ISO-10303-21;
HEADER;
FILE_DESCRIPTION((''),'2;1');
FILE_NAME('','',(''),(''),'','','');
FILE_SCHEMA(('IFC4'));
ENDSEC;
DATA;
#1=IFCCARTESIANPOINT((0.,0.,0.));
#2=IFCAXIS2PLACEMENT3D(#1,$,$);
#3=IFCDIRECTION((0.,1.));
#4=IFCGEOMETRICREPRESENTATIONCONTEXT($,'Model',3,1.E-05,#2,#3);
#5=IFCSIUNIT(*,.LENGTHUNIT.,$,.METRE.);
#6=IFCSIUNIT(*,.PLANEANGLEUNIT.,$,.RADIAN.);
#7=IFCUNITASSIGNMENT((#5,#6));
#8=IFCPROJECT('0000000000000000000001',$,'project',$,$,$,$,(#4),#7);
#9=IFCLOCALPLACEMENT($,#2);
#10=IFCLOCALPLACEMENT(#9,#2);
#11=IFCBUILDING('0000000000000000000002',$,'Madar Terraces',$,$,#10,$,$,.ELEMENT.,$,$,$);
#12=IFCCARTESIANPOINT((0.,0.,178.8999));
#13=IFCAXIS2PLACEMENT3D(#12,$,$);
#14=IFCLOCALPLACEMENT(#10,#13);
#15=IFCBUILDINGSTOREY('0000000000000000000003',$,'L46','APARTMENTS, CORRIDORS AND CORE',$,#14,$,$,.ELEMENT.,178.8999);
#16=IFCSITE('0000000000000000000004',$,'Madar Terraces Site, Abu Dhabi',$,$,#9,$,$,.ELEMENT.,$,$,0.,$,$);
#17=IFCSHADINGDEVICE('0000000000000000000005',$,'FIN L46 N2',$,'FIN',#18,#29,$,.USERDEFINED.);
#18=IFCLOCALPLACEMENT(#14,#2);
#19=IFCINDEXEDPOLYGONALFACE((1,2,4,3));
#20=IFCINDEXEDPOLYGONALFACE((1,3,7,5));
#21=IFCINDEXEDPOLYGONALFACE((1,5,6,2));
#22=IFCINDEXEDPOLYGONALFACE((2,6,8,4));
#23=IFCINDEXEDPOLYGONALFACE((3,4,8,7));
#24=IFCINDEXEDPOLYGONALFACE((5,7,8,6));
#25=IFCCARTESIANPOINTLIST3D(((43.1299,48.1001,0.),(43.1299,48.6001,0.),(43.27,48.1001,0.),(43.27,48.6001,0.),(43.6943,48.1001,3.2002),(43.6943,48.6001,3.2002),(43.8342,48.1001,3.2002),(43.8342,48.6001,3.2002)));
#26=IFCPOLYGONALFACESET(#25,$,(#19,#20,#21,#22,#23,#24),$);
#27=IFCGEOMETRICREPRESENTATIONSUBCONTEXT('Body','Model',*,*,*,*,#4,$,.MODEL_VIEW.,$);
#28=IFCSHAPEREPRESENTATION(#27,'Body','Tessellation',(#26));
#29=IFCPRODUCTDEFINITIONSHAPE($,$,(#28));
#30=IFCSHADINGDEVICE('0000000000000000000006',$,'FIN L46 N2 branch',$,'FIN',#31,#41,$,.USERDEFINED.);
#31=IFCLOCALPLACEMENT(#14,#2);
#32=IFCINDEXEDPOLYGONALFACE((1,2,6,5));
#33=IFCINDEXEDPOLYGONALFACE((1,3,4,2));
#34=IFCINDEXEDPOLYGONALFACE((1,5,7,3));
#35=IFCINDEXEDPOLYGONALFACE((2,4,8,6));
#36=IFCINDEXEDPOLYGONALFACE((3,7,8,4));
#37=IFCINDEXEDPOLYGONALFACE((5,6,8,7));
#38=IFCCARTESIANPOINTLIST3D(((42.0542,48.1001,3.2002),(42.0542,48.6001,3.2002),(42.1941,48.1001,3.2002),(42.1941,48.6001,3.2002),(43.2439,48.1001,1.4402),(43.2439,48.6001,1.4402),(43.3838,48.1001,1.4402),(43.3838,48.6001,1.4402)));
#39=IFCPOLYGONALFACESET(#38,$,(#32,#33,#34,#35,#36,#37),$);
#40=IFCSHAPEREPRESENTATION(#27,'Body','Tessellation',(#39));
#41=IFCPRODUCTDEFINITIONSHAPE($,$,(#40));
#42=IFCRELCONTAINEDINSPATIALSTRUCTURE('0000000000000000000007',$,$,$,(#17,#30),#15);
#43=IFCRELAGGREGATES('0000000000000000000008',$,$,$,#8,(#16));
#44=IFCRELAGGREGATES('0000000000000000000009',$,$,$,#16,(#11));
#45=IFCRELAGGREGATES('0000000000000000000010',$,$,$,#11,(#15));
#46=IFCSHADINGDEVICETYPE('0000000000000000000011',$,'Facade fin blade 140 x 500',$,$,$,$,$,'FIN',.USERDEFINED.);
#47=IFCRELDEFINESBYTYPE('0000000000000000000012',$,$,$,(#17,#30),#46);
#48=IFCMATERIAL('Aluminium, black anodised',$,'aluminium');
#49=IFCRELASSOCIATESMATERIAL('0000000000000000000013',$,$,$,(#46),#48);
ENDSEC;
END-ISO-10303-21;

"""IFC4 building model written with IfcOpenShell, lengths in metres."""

from ifc_helpers import new_model, si_unit, direction, frame, origin, place, context, subcontext, project, spatial, polyline, outline, extrude, material, type_object, element, save


model = new_model("IFC4")

# Units and contexts
model_context = context("Model", 3, precision=1e-05, world=origin(), true_north=direction((0.0, 1.0)))
body_context = subcontext(model_context, "Body", "Model", "MODEL_VIEW")
ifc_project = project(units=[si_unit("LENGTHUNIT", "METRE"), si_unit("PLANEANGLEUNIT", "RADIAN")], contexts=[model_context])

# Site, building, storey
site_placement = place(None, origin())
site = spatial("IfcSite", under=ifc_project, at=site_placement, Name="Madar Terraces Site, Abu Dhabi", CompositionType="ELEMENT", RefElevation=0.0)
building_placement = place(site_placement, origin())
building = spatial("IfcBuilding", under=site, at=building_placement, Name="Madar Terraces", CompositionType="ELEMENT")
storey_placement = place(building_placement, frame((0.0, 0.0, 178.8999)))
storey = spatial("IfcBuildingStorey", under=building, at=storey_placement, Name="L46", Description="APARTMENTS, CORRIDORS AND CORE", CompositionType="ELEMENT", Elevation=178.8999)

# Shading devices
ifc_material_1 = material(Name="Aluminium, black anodised", Category="aluminium")
shading_device_type = type_object("IfcShadingDeviceType", Name="Facade fin blade 140 x 500", ElementType="FIN", PredefinedType="USERDEFINED", material=ifc_material_1)
shading_device_1_placement = place(storey_placement, frame((43.27, 48.3501, 0.0), z_axis=(0.0, 0.0, 1.0), x_axis=(-1.0, 0.0, 0.0)))
element("IfcShadingDevice", 1, at=shading_device_1_placement, inside=storey, type_object=shading_device_type, Name="FIN L46 N2", ObjectType="FIN", PredefinedType="USERDEFINED", context=body_context, shape_type="SweptSolid", body=[
    extrude(outline(polyline([(0.0, 0.0), (0.1401, 0.0), (-0.4243, 3.2002), (-0.5642, 3.2002), (0.0, 0.0)])), frame((0.0, 0.25, 0.0), z_axis=(0.0, -1.0, 0.0), x_axis=(1.0, 0.0, 0.0)), (0.0, 0.0, 1.0), 0.5),
])
shading_device_2_placement = place(storey_placement, frame((43.3838, 48.3501, 1.4402), z_axis=(0.0, 0.0, 1.0), x_axis=(-1.0, 0.0, 0.0)))
element("IfcShadingDevice", 2, at=shading_device_2_placement, inside=storey, type_object=shading_device_type, Name="FIN L46 N2 branch", ObjectType="FIN", PredefinedType="USERDEFINED", context=body_context, shape_type="SweptSolid", body=[
    extrude(outline(polyline([(0.0, 0.0), (0.1399, 0.0), (1.3296, 1.76), (1.1897, 1.76), (0.0, 0.0)])), frame((0.0, 0.25, 0.0), z_axis=(0.0, -1.0, 0.0), x_axis=(1.0, 0.0, 0.0)), (0.0, 0.0, 1.0), 0.5),
])

save(model, "model.ifc")
